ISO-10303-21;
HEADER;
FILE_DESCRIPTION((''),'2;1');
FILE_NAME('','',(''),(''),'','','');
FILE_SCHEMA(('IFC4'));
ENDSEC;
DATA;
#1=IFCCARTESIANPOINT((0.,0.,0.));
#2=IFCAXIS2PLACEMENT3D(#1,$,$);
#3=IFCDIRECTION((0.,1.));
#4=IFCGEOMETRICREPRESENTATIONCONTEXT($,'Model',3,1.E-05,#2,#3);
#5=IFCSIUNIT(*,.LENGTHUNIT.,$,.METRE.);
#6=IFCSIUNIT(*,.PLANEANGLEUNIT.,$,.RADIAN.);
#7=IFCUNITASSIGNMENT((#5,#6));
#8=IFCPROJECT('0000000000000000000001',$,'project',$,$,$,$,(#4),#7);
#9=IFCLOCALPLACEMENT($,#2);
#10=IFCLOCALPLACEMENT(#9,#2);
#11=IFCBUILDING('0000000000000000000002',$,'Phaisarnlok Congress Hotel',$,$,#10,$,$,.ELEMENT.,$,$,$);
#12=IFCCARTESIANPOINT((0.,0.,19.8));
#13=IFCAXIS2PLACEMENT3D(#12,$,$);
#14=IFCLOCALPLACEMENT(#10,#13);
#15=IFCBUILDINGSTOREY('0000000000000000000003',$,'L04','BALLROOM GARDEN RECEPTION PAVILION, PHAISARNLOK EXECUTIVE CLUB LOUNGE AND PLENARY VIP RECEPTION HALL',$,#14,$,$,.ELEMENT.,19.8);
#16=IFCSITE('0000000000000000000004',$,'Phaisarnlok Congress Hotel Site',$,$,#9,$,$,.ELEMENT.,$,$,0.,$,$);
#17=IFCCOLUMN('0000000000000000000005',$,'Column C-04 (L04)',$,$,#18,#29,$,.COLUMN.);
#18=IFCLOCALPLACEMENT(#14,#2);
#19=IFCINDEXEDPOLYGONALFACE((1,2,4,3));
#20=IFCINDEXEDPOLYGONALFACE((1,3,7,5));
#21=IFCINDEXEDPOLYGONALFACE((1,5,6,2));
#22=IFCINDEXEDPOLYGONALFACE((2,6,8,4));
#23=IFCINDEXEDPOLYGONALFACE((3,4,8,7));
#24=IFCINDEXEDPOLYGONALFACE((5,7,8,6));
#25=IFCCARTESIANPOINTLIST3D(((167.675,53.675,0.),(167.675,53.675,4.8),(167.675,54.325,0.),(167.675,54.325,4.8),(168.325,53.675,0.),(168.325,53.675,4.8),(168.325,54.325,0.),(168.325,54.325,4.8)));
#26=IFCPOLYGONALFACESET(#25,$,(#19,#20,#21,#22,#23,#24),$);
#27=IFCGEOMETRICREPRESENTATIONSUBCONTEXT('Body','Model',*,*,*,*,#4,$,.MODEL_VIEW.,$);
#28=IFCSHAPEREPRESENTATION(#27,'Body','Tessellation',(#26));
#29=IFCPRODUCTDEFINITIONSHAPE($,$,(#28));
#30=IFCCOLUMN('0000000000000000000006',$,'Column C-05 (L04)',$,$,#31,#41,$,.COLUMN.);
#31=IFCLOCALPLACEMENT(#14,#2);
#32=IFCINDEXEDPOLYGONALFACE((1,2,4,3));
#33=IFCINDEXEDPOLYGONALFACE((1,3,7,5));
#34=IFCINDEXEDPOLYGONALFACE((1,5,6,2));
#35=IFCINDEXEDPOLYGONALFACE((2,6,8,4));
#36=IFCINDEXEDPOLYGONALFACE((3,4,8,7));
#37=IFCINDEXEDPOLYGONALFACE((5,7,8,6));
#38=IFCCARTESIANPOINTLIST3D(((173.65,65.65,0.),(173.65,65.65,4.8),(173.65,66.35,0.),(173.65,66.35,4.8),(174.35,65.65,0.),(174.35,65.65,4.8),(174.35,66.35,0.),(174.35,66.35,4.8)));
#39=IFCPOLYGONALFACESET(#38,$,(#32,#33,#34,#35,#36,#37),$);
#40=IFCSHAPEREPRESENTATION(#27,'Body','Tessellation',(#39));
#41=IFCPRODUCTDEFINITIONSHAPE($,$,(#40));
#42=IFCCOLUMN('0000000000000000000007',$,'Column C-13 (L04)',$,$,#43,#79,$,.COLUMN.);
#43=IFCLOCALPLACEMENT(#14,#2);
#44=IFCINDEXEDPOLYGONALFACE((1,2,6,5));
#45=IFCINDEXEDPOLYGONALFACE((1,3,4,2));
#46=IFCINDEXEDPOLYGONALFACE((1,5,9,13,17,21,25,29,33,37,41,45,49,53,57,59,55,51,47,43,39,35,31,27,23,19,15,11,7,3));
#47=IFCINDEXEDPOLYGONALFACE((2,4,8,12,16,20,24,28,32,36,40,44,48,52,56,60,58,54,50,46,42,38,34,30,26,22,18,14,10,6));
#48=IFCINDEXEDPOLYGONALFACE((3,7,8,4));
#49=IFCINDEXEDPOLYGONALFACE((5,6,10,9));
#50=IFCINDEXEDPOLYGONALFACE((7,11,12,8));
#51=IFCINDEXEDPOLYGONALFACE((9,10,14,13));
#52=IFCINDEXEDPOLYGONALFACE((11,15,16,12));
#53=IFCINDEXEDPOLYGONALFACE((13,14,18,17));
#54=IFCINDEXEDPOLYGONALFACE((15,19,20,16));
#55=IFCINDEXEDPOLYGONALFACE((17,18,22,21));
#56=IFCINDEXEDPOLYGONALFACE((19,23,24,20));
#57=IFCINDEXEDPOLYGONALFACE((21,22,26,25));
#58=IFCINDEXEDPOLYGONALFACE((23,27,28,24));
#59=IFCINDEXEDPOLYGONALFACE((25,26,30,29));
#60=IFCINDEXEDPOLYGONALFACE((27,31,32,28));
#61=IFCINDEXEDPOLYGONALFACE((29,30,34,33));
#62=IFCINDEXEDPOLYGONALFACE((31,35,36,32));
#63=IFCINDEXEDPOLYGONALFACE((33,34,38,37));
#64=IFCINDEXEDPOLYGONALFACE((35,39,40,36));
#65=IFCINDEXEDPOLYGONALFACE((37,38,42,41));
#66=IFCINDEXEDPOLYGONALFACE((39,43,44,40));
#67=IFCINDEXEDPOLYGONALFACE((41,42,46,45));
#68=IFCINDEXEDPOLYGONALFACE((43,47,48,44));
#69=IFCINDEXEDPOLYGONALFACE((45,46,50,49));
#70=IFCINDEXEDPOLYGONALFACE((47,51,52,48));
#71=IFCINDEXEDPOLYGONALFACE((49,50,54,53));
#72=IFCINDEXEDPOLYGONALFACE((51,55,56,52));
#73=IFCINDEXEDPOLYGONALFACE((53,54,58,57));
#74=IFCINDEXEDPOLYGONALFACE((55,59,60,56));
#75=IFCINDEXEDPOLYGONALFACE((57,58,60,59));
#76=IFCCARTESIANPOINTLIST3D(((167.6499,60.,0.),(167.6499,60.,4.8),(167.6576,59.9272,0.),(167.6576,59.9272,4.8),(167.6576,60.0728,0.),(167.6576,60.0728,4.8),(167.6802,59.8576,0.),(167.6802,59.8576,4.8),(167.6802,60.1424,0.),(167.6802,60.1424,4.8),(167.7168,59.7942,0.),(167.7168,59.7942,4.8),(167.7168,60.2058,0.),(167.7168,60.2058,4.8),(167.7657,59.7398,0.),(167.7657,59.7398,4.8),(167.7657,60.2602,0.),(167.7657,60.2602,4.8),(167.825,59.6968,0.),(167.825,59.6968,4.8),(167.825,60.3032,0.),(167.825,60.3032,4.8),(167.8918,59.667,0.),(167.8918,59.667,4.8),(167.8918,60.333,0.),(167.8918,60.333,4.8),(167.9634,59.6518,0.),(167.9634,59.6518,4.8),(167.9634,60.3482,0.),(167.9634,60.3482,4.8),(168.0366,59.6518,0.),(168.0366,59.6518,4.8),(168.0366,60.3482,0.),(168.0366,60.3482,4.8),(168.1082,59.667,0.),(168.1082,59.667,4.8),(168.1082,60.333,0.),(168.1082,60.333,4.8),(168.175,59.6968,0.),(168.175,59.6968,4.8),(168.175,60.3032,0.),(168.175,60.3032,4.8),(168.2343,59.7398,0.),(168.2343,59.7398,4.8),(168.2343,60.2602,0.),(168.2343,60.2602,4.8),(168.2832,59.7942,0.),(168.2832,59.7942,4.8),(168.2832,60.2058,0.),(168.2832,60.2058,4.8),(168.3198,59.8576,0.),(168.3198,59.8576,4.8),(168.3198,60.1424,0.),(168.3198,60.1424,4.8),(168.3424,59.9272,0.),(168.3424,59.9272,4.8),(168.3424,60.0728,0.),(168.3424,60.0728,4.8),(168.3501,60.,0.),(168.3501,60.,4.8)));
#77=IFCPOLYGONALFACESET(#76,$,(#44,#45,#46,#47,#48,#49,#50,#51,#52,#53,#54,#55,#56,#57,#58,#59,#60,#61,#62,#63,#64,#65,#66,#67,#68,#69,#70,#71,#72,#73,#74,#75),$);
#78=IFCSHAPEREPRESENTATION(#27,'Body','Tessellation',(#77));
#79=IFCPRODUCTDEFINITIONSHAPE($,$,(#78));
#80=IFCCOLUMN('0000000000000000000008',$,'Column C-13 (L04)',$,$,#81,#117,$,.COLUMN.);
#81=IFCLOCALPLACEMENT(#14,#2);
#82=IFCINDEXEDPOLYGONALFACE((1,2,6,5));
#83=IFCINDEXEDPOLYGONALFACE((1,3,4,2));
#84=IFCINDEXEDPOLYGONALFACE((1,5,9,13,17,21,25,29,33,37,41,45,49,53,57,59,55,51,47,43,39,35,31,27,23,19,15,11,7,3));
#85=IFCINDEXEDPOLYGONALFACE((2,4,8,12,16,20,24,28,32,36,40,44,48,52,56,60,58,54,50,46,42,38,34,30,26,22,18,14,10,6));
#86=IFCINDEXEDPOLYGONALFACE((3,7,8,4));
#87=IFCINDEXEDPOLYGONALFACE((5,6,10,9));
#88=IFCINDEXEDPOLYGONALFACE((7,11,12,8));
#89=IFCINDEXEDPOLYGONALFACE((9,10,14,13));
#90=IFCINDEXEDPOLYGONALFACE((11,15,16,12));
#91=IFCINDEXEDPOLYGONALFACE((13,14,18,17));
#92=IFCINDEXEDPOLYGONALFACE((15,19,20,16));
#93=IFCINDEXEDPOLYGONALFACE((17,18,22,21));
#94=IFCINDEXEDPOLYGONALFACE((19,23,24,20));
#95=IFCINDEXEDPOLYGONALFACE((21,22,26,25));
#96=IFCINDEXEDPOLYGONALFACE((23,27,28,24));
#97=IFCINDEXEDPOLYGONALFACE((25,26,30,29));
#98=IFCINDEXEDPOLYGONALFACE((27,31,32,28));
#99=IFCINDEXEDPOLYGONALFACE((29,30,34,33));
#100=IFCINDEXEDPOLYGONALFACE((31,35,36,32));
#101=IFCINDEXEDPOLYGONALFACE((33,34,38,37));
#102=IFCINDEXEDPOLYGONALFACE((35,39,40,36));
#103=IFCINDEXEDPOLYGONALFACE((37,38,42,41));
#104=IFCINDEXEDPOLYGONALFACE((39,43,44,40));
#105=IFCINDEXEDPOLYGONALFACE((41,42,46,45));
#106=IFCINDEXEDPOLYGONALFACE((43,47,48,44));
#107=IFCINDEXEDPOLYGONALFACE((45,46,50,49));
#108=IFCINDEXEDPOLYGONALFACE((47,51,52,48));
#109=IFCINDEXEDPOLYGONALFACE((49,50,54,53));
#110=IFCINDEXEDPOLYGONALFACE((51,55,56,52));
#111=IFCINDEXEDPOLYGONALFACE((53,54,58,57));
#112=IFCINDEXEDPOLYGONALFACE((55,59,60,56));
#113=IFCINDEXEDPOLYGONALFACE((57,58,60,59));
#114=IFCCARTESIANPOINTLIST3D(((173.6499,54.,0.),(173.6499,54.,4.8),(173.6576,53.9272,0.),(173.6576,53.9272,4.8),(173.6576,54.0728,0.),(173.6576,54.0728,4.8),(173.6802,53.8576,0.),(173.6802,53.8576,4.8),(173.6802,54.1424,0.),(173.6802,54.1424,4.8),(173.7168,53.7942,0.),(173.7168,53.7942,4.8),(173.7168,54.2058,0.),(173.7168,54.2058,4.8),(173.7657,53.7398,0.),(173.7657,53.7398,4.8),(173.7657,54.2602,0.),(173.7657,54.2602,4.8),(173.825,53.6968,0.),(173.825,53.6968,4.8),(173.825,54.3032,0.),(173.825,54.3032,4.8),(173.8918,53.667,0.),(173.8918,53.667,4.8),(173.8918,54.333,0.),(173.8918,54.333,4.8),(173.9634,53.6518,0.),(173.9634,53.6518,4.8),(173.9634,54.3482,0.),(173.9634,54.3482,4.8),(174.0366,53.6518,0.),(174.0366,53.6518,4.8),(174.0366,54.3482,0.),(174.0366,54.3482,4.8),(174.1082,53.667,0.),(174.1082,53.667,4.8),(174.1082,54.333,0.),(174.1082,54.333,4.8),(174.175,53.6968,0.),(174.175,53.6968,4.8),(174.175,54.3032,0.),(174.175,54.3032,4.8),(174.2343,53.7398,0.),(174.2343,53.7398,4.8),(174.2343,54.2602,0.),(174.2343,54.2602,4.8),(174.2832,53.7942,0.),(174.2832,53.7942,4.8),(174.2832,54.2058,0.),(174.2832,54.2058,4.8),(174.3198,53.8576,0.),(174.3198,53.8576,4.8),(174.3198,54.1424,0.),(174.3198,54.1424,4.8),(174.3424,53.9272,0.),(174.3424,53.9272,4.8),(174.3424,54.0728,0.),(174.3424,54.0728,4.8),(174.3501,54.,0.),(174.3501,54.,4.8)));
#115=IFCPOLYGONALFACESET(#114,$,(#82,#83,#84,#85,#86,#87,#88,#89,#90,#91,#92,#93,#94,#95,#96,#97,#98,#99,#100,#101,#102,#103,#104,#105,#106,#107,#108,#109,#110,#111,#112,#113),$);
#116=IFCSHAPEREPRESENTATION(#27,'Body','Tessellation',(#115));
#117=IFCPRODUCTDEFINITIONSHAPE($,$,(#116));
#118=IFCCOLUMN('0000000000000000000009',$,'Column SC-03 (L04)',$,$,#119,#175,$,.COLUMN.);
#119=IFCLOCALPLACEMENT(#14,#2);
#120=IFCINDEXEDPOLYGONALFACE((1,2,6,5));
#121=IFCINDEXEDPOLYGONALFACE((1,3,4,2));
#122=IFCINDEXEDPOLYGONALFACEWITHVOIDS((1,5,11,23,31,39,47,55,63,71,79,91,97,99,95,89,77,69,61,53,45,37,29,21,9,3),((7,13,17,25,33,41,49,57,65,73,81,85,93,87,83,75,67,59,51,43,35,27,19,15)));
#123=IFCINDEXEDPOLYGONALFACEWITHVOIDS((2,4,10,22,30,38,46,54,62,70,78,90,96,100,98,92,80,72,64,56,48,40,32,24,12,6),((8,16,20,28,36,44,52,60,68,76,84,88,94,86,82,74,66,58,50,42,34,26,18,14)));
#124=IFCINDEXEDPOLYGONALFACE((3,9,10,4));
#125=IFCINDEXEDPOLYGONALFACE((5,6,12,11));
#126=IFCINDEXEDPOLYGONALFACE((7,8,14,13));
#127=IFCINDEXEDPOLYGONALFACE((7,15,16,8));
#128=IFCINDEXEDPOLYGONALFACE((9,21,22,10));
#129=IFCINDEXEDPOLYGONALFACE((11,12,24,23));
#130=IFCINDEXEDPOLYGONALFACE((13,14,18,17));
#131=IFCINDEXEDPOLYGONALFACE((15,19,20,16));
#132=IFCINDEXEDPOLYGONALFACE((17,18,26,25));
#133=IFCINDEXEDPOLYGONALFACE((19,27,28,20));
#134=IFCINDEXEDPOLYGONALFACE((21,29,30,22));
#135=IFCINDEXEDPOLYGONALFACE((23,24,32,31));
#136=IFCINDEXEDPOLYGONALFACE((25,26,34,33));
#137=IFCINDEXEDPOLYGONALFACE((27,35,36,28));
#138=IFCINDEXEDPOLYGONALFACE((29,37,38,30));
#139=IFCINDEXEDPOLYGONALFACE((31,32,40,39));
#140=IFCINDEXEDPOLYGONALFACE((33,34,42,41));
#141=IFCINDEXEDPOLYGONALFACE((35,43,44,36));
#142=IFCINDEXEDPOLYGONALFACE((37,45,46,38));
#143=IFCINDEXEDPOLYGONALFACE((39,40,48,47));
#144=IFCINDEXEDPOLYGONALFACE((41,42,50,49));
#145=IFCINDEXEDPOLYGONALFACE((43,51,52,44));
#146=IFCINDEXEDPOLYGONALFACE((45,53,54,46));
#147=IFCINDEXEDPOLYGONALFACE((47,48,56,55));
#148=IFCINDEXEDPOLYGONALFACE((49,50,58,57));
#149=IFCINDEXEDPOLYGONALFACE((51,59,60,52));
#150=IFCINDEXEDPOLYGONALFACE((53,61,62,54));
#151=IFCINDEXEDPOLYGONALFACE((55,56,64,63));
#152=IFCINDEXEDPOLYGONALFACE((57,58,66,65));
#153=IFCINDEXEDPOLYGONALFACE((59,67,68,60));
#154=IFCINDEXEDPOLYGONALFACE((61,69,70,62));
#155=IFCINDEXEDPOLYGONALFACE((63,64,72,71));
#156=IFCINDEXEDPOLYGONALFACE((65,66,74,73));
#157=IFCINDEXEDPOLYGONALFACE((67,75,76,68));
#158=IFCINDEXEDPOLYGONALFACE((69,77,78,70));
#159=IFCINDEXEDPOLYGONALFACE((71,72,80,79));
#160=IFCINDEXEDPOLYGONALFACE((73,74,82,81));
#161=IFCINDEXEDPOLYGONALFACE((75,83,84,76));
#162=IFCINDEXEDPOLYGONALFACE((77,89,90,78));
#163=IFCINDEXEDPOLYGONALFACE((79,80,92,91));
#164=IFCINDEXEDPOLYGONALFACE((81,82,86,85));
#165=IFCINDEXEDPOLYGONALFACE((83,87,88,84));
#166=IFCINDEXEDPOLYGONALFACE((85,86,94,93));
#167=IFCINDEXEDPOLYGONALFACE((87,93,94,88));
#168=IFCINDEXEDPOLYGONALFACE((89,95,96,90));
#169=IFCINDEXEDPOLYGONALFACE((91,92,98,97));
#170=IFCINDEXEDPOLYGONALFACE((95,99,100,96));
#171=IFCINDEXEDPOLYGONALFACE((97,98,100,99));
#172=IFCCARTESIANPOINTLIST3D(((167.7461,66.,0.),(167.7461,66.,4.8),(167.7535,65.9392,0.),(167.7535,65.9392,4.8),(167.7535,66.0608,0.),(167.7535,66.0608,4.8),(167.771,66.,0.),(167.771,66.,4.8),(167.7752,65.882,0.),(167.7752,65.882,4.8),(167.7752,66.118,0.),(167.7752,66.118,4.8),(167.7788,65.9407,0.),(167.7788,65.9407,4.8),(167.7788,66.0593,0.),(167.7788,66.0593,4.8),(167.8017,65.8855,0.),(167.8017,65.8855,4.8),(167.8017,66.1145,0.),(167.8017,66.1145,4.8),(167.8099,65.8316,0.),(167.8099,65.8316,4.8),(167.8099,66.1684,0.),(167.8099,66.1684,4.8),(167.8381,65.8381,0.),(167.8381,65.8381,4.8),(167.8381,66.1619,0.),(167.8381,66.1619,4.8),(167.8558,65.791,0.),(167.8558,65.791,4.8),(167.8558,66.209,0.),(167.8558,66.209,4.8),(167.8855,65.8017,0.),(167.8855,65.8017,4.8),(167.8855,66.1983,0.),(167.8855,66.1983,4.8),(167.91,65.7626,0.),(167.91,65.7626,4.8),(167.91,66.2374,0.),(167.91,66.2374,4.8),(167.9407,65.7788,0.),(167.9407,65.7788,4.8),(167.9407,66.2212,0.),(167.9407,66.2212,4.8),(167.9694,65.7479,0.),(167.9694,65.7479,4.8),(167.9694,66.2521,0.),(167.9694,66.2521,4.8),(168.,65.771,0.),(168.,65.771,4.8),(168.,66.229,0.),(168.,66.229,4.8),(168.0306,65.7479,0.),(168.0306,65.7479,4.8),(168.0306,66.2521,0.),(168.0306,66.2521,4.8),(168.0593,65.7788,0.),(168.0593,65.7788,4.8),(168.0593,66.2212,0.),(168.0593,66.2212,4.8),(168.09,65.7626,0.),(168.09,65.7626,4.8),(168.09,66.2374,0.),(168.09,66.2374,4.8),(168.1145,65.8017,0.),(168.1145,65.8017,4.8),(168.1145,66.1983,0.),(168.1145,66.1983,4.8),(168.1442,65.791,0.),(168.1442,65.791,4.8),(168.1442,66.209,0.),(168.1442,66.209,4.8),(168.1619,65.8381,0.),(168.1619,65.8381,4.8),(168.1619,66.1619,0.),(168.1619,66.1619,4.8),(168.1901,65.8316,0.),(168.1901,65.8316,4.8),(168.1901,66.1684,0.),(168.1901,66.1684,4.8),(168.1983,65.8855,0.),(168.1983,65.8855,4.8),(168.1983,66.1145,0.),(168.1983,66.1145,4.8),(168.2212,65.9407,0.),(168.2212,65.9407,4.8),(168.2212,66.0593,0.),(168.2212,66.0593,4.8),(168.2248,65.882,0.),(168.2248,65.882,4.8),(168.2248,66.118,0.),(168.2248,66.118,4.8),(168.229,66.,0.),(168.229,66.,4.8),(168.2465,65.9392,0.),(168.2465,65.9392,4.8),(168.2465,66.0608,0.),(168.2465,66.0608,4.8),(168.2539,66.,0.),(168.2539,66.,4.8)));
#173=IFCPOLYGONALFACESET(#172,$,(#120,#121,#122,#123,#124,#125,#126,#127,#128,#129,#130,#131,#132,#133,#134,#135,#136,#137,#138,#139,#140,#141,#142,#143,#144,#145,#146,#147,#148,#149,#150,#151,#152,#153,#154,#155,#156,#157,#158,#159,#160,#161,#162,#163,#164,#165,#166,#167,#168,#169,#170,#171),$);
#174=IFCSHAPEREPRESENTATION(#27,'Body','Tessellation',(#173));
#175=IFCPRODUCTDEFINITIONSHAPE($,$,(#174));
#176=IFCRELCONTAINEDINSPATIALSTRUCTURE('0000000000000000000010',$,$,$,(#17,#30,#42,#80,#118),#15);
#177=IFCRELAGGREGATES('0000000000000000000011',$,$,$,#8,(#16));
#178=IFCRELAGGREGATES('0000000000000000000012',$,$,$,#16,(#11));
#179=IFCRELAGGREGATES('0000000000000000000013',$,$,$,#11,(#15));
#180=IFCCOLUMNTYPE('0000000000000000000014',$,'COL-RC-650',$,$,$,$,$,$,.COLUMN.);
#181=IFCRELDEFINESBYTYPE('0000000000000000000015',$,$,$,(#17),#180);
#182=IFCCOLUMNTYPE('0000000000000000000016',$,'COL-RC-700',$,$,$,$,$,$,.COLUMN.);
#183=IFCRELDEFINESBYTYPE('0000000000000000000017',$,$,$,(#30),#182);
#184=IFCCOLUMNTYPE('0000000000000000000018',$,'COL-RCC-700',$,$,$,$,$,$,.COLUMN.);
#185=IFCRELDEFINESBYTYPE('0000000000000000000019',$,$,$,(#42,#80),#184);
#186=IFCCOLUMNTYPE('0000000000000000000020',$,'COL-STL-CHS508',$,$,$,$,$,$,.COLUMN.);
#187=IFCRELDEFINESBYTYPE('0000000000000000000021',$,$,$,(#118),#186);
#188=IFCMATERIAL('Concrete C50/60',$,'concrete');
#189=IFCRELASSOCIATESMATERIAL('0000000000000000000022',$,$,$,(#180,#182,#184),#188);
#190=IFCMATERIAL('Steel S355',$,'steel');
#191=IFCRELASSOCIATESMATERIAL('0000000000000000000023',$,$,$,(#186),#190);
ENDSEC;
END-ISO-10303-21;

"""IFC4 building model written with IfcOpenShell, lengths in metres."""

from ifc_helpers import new_model, si_unit, direction, frame, origin, origin_2d, place, context, subcontext, project, spatial, rectangle, circle, hollow_circle, extrude, material, material_profile, profile_set, type_object, element, save


model = new_model("IFC4")

# Units and contexts
model_context = context("Model", 3, precision=1e-05, world=origin(), true_north=direction((0.0, 1.0)))
body_context = subcontext(model_context, "Body", "Model", "MODEL_VIEW")
ifc_project = project(units=[si_unit("LENGTHUNIT", "METRE"), si_unit("PLANEANGLEUNIT", "RADIAN")], contexts=[model_context])

# Site, building, storey
site_placement = place(None, origin())
site = spatial("IfcSite", under=ifc_project, at=site_placement, Name="Phaisarnlok Congress Hotel Site", CompositionType="ELEMENT", RefElevation=0.0)
building_placement = place(site_placement, origin())
building = spatial("IfcBuilding", under=site, at=building_placement, Name="Phaisarnlok Congress Hotel", CompositionType="ELEMENT")
storey_placement = place(building_placement, frame((0.0, 0.0, 19.8)))
storey = spatial("IfcBuildingStorey", under=building, at=storey_placement, Name="L04", Description="BALLROOM GARDEN RECEPTION PAVILION, PHAISARNLOK EXECUTIVE CLUB LOUNGE AND PLENARY VIP RECEPTION HALL", CompositionType="ELEMENT", Elevation=19.8)

# Columns
ifc_material_1 = material(Name="Concrete C50/60", Category="concrete")
ifc_material_profile_1 = material_profile(ifc_material_1, rectangle(XDim=0.6499, YDim=0.6499, at=origin_2d()), Name="RC 650x650")
ifc_profile_set_1 = profile_set([ifc_material_profile_1], Name="Concrete C50/60")
column_type_1 = type_object("IfcColumnType", Name="COL-RC-650", PredefinedType="COLUMN", material=ifc_profile_set_1)
column_1_placement = place(storey_placement, frame((168.0, 54.0, 0.0), z_axis=(0.0, 0.0, 1.0), x_axis=(1.0, 0.0, 0.0)))
element("IfcColumn", 1, at=column_1_placement, inside=storey, type_object=column_type_1, Name="Column C-04 (L04)", PredefinedType="COLUMN", context=body_context, shape_type="SweptSolid", body=[
    extrude(rectangle(XDim=0.6499, YDim=0.6499, at=origin_2d()), origin(), (0.0, 0.0, 1.0), 4.8),
])
ifc_material_profile_2 = material_profile(ifc_material_1, rectangle(XDim=0.7, YDim=0.7, at=origin_2d()), Name="RC 700x700")
ifc_profile_set_2 = profile_set([ifc_material_profile_2], Name="Concrete C50/60")
column_type_2 = type_object("IfcColumnType", Name="COL-RC-700", PredefinedType="COLUMN", material=ifc_profile_set_2)
column_2_placement = place(storey_placement, frame((174.0, 66.0, 0.0), z_axis=(0.0, 0.0, 1.0), x_axis=(1.0, 0.0, 0.0)))
element("IfcColumn", 2, at=column_2_placement, inside=storey, type_object=column_type_2, Name="Column C-05 (L04)", PredefinedType="COLUMN", context=body_context, shape_type="SweptSolid", body=[
    extrude(rectangle(XDim=0.7, YDim=0.7, at=origin_2d()), origin(), (0.0, 0.0, 1.0), 4.8),
])
ifc_material_profile_3 = material_profile(ifc_material_1, circle(Radius=0.3501, at=origin_2d()), Name="RCC D700")
ifc_profile_set_3 = profile_set([ifc_material_profile_3], Name="Concrete C50/60")
column_type_3 = type_object("IfcColumnType", Name="COL-RCC-700", PredefinedType="COLUMN", material=ifc_profile_set_3)
for number, where, z_axis, x_axis, name in (
    (3, (168.0, 60.0, 0.0), (0.0, 0.0, 1.0), (1.0, 0.0, 0.0), "Column C-13 (L04)"),
    (4, (174.0, 54.0, 0.0), (0.0, 0.0, 1.0), (1.0, 0.0, 0.0), "Column C-13 (L04)"),
):
    element("IfcColumn", number, at=place(storey_placement, frame(where, z_axis=z_axis, x_axis=x_axis)), inside=storey, type_object=column_type_3, Name=name, PredefinedType="COLUMN", context=body_context, shape_type="SweptSolid", body=[
        extrude(circle(Radius=0.3501, at=origin_2d()), origin(), (0.0, 0.0, 1.0), 4.8),
    ])
ifc_material_2 = material(Name="Steel S355", Category="steel")
ifc_material_profile_4 = material_profile(ifc_material_2, hollow_circle(Radius=0.2539, WallThickness=0.0249, at=origin_2d()), Name="CHS 508x25")
ifc_profile_set_4 = profile_set([ifc_material_profile_4], Name="Steel S355")
column_type_4 = type_object("IfcColumnType", Name="COL-STL-CHS508", PredefinedType="COLUMN", material=ifc_profile_set_4)
for number, where, z_axis, x_axis, name in (
    (5, (168.0, 66.0, 0.0), (0.0, 0.0, 1.0), (1.0, 0.0, 0.0), "Column SC-03 (L04)"),
):
    element("IfcColumn", number, at=place(storey_placement, frame(where, z_axis=z_axis, x_axis=x_axis)), inside=storey, type_object=column_type_4, Name=name, PredefinedType="COLUMN", context=body_context, shape_type="SweptSolid", body=[
        extrude(hollow_circle(Radius=0.2539, WallThickness=0.0249, at=origin_2d()), origin(), (0.0, 0.0, 1.0), 4.8),
    ])

save(model, "model.ifc")
